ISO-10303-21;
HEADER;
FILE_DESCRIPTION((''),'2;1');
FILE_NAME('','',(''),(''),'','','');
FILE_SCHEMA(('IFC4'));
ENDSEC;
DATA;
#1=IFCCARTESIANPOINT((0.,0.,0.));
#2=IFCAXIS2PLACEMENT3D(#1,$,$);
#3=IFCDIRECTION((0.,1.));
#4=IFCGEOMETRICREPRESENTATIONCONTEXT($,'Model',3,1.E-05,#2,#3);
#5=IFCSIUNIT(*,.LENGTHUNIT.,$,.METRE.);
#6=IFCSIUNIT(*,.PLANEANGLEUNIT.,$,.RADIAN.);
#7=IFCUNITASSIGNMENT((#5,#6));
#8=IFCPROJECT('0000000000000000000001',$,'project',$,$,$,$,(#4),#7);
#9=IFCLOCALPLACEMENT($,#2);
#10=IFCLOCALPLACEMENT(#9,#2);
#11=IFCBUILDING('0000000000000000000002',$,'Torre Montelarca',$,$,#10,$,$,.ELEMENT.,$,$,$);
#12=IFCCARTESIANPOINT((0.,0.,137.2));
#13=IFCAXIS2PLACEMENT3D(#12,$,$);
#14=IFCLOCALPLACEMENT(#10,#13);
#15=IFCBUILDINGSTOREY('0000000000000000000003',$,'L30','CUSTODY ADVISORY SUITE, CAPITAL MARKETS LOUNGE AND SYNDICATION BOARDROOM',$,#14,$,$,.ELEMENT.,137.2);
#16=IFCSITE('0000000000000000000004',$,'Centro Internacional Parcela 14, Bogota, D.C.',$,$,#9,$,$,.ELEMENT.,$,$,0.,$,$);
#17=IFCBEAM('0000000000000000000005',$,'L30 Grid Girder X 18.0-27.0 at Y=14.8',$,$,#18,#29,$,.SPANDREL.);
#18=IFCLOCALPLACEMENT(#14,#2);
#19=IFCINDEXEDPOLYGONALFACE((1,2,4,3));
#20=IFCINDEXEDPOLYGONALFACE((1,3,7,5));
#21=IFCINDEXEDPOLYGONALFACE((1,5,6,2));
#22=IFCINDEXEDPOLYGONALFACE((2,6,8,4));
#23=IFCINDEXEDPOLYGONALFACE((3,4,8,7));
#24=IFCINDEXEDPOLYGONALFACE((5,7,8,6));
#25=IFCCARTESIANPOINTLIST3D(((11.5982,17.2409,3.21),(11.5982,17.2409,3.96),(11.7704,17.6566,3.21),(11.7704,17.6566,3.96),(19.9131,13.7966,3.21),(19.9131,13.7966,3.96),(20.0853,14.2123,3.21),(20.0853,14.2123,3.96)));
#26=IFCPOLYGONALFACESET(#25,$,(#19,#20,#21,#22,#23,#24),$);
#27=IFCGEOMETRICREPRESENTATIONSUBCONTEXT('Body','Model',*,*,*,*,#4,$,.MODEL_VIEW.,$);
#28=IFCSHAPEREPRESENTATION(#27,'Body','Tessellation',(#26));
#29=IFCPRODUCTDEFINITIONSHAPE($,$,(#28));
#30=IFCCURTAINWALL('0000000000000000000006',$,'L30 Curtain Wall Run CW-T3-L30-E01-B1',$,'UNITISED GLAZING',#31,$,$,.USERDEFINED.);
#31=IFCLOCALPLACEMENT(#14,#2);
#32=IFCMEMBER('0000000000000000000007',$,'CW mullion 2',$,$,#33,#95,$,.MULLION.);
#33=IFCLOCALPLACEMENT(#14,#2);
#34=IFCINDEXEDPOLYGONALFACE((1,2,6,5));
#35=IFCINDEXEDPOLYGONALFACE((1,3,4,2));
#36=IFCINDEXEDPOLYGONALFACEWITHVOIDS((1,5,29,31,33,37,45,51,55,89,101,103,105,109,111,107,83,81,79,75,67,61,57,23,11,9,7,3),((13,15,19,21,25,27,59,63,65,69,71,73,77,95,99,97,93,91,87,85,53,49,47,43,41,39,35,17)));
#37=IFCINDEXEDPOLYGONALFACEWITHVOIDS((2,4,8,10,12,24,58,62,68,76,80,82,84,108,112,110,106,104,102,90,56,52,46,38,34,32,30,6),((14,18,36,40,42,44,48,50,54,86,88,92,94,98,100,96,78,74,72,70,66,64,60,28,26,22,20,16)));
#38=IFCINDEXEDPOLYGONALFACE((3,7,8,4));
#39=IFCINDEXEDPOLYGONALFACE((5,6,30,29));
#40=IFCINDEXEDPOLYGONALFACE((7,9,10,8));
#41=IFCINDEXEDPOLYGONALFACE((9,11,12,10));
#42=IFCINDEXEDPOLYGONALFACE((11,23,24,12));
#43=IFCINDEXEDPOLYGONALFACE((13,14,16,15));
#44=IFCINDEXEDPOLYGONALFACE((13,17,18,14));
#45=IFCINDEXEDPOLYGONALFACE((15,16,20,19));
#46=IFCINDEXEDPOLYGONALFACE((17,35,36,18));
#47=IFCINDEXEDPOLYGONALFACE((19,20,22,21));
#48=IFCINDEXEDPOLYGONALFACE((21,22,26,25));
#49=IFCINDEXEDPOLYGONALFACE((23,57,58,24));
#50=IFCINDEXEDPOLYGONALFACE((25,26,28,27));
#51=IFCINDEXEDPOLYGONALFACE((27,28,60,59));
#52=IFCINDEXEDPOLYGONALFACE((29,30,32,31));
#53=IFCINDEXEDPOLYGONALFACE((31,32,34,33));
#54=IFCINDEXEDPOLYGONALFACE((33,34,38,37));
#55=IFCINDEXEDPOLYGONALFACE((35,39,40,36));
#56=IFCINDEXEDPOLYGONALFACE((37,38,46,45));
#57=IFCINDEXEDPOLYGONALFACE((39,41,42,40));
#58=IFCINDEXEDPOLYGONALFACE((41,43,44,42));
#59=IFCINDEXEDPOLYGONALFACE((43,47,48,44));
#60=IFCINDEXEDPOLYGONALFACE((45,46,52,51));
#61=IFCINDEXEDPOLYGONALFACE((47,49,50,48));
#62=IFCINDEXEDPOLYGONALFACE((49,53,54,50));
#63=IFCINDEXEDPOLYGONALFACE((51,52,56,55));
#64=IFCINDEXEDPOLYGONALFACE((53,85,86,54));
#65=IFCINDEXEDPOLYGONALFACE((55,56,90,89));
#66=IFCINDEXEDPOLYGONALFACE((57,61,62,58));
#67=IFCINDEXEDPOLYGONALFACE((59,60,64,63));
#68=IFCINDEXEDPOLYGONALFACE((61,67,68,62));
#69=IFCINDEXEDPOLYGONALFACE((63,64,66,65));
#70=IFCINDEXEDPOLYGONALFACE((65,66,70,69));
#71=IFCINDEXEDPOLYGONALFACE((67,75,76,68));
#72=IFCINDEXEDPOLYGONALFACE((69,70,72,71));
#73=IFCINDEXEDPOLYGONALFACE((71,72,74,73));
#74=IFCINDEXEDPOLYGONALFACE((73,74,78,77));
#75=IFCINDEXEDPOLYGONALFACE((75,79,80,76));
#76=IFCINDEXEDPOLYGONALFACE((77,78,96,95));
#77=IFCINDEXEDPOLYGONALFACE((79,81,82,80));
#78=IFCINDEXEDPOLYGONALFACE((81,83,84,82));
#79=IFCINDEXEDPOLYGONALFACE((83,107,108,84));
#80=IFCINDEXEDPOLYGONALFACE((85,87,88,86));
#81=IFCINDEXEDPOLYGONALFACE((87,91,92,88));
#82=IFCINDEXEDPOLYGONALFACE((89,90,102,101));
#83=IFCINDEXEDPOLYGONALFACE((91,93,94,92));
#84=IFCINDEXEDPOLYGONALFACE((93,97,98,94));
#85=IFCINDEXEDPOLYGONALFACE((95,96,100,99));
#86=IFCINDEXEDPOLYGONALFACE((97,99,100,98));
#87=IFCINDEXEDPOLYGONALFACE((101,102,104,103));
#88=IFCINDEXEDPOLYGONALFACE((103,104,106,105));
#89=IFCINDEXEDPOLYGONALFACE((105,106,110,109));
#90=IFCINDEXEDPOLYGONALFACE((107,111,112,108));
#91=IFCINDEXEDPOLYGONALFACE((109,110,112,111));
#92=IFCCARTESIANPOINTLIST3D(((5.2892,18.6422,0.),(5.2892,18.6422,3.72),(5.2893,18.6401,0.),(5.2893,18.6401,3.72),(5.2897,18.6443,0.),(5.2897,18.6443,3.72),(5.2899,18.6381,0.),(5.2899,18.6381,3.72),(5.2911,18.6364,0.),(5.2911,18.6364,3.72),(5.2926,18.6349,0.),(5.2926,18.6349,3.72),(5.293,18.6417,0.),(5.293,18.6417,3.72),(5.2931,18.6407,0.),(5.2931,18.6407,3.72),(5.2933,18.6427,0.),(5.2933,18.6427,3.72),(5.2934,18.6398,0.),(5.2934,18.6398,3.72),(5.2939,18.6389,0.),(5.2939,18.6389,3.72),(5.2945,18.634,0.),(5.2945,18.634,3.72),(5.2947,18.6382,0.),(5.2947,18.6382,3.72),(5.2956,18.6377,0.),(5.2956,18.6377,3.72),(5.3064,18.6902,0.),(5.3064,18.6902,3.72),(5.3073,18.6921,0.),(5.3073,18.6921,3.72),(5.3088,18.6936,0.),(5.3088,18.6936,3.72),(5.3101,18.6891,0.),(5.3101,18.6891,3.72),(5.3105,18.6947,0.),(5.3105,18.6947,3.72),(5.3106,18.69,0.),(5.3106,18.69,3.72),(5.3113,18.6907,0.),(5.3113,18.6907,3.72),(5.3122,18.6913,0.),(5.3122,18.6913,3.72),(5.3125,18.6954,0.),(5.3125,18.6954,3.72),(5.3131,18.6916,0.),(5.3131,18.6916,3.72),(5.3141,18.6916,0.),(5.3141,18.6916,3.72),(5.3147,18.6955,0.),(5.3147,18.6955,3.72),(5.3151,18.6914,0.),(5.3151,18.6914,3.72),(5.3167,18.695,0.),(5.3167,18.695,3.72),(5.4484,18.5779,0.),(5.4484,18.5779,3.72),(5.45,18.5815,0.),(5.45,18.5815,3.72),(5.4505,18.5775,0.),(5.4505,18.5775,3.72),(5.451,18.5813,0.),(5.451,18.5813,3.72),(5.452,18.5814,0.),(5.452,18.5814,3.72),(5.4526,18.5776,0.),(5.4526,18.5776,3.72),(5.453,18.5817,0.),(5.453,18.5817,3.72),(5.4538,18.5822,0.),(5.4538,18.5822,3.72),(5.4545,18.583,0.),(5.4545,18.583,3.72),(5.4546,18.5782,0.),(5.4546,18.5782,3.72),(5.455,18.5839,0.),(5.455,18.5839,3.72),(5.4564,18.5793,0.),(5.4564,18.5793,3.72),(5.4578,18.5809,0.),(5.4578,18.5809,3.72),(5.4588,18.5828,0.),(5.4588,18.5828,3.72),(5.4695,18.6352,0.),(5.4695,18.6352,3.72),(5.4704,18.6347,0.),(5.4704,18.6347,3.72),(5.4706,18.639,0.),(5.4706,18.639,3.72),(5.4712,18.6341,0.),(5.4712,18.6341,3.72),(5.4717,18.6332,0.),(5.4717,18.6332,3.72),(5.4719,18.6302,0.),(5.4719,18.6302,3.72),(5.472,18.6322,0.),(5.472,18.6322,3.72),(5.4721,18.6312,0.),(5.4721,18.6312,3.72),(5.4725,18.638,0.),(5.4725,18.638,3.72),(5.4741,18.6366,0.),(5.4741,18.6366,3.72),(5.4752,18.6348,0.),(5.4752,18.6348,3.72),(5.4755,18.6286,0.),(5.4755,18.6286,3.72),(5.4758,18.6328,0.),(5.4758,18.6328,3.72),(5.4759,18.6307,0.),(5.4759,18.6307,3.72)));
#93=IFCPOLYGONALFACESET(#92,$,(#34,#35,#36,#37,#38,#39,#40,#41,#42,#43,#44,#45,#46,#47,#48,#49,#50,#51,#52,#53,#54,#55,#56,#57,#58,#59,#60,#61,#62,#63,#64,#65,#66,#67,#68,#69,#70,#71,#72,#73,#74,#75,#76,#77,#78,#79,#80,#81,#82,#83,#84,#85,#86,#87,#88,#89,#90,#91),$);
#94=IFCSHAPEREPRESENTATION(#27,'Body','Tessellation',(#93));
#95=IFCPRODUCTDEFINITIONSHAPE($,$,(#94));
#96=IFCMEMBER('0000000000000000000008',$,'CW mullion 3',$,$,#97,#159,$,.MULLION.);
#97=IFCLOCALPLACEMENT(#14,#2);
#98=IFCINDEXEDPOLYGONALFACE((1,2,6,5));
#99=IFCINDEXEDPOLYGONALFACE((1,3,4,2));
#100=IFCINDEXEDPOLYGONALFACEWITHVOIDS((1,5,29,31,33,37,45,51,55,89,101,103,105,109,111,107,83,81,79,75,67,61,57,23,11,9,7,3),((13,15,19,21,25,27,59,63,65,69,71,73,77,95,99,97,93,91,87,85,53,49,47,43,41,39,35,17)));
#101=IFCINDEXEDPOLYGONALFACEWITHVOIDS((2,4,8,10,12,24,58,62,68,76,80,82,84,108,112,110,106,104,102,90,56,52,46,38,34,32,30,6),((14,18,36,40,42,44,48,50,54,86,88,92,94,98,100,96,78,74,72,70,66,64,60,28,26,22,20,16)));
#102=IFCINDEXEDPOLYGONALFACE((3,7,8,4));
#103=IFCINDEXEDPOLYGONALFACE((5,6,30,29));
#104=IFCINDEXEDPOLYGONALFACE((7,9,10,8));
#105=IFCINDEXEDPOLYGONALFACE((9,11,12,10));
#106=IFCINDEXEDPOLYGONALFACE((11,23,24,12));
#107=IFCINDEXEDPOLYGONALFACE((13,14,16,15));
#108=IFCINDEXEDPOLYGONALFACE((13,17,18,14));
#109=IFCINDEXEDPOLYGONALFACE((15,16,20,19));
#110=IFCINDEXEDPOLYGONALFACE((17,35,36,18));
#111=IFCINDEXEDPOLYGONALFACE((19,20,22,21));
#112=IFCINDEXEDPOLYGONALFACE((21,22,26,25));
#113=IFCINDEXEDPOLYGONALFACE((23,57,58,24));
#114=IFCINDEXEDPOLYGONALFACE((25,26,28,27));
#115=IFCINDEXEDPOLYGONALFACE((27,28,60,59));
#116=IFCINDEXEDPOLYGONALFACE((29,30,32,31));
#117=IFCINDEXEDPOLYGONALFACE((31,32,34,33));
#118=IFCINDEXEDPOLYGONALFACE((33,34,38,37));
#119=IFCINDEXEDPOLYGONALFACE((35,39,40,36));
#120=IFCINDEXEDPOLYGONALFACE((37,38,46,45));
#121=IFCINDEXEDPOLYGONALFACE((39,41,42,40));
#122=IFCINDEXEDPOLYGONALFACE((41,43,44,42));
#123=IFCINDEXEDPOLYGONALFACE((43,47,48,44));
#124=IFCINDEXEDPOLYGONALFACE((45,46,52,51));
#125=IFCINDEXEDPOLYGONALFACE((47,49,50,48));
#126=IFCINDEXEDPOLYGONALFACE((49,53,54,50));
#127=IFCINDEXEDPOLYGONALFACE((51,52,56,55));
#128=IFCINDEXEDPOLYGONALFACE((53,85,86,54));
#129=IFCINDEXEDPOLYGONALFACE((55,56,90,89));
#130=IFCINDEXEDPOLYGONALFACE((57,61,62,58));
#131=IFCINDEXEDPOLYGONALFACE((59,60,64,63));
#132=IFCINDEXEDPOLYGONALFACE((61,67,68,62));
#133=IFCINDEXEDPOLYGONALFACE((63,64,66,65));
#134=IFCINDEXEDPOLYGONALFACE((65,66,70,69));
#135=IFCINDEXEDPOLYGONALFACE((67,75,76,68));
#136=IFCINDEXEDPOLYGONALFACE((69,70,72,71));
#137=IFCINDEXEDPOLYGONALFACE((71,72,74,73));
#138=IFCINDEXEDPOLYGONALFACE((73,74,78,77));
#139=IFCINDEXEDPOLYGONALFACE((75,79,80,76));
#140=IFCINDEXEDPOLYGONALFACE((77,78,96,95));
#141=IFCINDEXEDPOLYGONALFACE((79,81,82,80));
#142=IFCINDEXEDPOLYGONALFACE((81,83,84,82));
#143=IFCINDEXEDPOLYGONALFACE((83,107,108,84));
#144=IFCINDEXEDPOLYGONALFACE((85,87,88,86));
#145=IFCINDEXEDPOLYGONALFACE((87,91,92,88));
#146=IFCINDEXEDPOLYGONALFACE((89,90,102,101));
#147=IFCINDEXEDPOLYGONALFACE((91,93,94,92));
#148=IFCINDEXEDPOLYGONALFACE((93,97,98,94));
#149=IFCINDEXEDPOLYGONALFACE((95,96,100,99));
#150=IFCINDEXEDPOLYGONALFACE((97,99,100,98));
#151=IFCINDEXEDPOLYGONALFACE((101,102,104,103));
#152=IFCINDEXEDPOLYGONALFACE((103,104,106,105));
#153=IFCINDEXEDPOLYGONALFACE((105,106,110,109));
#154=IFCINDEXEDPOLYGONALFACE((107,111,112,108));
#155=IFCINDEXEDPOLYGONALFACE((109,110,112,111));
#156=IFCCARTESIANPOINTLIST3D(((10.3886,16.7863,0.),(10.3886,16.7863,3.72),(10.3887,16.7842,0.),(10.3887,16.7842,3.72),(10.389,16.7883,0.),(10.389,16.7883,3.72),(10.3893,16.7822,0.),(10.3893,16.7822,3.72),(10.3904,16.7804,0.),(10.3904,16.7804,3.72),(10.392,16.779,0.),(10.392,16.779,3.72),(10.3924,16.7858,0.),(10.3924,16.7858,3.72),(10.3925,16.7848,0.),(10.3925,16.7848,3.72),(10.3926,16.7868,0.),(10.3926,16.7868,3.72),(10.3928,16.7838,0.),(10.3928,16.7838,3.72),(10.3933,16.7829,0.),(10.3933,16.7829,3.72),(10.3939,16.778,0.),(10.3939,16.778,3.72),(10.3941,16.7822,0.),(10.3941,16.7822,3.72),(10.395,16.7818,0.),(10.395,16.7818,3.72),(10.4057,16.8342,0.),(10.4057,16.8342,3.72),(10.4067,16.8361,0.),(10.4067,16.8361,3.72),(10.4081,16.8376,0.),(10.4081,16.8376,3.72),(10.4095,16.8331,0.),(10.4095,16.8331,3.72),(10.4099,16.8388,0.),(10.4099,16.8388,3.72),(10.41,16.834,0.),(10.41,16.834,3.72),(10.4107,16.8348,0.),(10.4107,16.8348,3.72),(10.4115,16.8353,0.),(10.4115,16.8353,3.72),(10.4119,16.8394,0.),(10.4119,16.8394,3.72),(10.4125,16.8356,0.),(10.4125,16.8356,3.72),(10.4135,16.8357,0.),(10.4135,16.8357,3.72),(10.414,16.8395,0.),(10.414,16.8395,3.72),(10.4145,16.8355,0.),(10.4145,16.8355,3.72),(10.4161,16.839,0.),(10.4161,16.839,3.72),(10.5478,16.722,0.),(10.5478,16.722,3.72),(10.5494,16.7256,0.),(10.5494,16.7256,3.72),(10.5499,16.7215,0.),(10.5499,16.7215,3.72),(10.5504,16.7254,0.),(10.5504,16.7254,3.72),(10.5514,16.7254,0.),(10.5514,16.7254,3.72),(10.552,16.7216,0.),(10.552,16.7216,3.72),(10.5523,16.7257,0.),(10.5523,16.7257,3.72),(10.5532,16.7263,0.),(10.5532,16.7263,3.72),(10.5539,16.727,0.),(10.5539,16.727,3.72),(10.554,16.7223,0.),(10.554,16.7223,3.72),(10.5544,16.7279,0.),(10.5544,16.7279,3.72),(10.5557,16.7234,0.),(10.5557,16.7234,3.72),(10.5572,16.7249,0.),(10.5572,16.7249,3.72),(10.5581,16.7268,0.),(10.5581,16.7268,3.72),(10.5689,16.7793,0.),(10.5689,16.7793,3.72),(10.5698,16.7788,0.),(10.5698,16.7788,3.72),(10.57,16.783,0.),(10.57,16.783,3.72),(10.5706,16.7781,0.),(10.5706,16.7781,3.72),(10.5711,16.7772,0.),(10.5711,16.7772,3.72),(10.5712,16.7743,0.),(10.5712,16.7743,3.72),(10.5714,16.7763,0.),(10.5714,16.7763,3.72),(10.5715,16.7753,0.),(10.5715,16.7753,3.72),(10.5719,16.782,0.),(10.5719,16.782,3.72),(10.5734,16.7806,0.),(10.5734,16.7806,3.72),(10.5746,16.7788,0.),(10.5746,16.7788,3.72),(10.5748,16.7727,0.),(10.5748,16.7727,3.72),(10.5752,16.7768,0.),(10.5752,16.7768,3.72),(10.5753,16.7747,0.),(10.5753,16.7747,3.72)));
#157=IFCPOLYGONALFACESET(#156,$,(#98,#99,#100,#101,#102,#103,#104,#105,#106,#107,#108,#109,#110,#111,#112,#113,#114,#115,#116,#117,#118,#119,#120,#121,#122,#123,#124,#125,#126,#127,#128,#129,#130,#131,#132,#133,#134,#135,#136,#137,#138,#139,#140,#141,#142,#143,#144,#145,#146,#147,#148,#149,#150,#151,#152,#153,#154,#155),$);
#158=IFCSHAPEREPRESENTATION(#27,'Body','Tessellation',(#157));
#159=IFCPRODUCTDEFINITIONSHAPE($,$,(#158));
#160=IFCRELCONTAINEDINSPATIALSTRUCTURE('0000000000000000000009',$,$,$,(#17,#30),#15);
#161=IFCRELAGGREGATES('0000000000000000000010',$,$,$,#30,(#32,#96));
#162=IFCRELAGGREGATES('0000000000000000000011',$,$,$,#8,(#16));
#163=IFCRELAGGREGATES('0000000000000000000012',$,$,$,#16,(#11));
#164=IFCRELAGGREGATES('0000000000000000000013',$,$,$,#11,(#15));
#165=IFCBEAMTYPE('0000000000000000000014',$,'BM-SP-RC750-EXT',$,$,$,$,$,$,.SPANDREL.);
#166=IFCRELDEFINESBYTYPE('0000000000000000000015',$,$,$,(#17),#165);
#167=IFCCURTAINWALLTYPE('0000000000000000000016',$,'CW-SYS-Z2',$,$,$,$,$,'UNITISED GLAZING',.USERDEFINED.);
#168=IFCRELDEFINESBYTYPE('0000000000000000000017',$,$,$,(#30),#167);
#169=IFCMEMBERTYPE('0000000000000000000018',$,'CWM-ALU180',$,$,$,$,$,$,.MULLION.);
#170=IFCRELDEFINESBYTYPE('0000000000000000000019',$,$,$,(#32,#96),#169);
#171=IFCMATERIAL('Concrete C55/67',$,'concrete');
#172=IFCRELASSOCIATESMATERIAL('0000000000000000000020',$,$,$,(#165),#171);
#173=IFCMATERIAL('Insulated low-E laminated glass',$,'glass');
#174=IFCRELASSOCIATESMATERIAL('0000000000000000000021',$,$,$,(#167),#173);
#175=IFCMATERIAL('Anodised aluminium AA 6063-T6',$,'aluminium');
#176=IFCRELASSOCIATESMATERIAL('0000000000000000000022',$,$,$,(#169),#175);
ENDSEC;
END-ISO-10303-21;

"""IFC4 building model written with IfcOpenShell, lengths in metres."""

from ifc_helpers import new_model, si_unit, direction, frame, origin, origin_2d, place, context, subcontext, project, spatial, rectangle, hollow_rectangle, extrude, source, transform, mapped, material, material_profile, profile_set, type_object, element, aggregate, save


model = new_model("IFC4")

# Units and contexts
model_context = context("Model", 3, precision=1e-05, world=origin(), true_north=direction((0.0, 1.0)))
body_context = subcontext(model_context, "Body", "Model", "MODEL_VIEW")
ifc_project = project(units=[si_unit("LENGTHUNIT", "METRE"), si_unit("PLANEANGLEUNIT", "RADIAN")], contexts=[model_context])

# Site, building, storey
site_placement = place(None, origin())
site = spatial("IfcSite", under=ifc_project, at=site_placement, Name="Centro Internacional Parcela 14, Bogota, D.C.", CompositionType="ELEMENT", RefElevation=0.0)
building_placement = place(site_placement, origin())
building = spatial("IfcBuilding", under=site, at=building_placement, Name="Torre Montelarca", CompositionType="ELEMENT")
storey_placement = place(building_placement, frame((0.0, 0.0, 137.2)))
storey = spatial("IfcBuildingStorey", under=building, at=storey_placement, Name="L30", Description="CUSTODY ADVISORY SUITE, CAPITAL MARKETS LOUNGE AND SYNDICATION BOARDROOM", CompositionType="ELEMENT", Elevation=137.2)

# Shared definitions
ifc_material_1 = material(Name="Concrete C55/67", Category="concrete")

# Beam
ifc_material_profile_1 = material_profile(ifc_material_1, rectangle(XDim=0.45, YDim=0.75, at=origin_2d()), Name="RCB450X750", Category="concrete")
ifc_profile_set_1 = profile_set([ifc_material_profile_1], Name="Concrete C55/67")
beam_type = type_object("IfcBeamType", Name="BM-SP-RC750-EXT", PredefinedType="SPANDREL", material=ifc_profile_set_1)
shared_shape_1 = source(origin(), body_context, "Body", "SweptSolid", [
    extrude(rectangle(XDim=0.45, YDim=0.75, at=origin_2d()), origin(), (0.0, 0.0, 1.0), 9.0),
])
beam_placement = place(storey_placement, frame((11.6843, 17.4487, 3.585), z_axis=(0.923873, -0.3827, 0.0), x_axis=(0.3827, 0.923873, 0.0)))
element("IfcBeam", 1, at=beam_placement, inside=storey, type_object=beam_type, Name="L30 Grid Girder X 18.0-27.0 at Y=14.8", PredefinedType="SPANDREL", context=body_context, shape_type="MappedRepresentation", body=[
    mapped(shared_shape_1, transform((0.0, 0.0, 0.0), scale=1.0)),
])

# Curtain wall, members
ifc_material_2 = material(Name="Insulated low-E laminated glass", Category="glass")
curtain_wall_type = type_object("IfcCurtainWallType", Name="CW-SYS-Z2", ElementType="UNITISED GLAZING", PredefinedType="USERDEFINED", material=ifc_material_2)
curtain_wall_1_placement = place(storey_placement, origin())
curtain_wall_1 = element("IfcCurtainWall", 2, at=curtain_wall_1_placement, inside=storey, type_object=curtain_wall_type, Name="L30 Curtain Wall Run CW-T3-L30-E01-B1", ObjectType="UNITISED GLAZING", PredefinedType="USERDEFINED")
ifc_material_3 = material(Name="Anodised aluminium AA 6063-T6", Category="aluminium")
ifc_material_profile_2 = material_profile(ifc_material_3, hollow_rectangle(XDim=0.0649, YDim=0.1799, WallThickness=0.0039, InnerFilletRadius=0.0039, OuterFilletRadius=0.0081, at=origin_2d()), Name="ALU65X180X4", Category="aluminium")
ifc_profile_set_2 = profile_set([ifc_material_profile_2], Name="Anodised aluminium AA 6063-T6")
member_type_1 = type_object("IfcMemberType", Name="CWM-ALU180", PredefinedType="MULLION", material=ifc_profile_set_2)
shared_shape_2 = source(origin(), body_context, "Body", "SweptSolid", [
    extrude(hollow_rectangle(XDim=0.0649, YDim=0.1799, WallThickness=0.0039, InnerFilletRadius=0.0039, OuterFilletRadius=0.0081, at=origin_2d()), origin(), (0.0, 0.0, 1.0), 3.72),
])
member_1_placement = place(storey_placement, frame((5.3826, 18.6365, 0.0), z_axis=(0.0, 0.0, 1.0), x_axis=(0.34202, 0.939693, 0.0)))
member_1 = element("IfcMember", 3, at=member_1_placement, type_object=member_type_1, Name="CW mullion 2", PredefinedType="MULLION", context=body_context, shape_type="MappedRepresentation", body=[
    mapped(shared_shape_2, transform((0.0, 0.0, 0.0), scale=1.0)),
])
member_2_placement = place(storey_placement, frame((10.4819, 16.7805, 0.0), z_axis=(0.0, 0.0, 1.0), x_axis=(0.34202, 0.939693, 0.0)))
member_2 = element("IfcMember", 4, at=member_2_placement, type_object=member_type_1, Name="CW mullion 3", PredefinedType="MULLION", context=body_context, shape_type="MappedRepresentation", body=[
    mapped(shared_shape_2, transform((0.0, 0.0, 0.0), scale=1.0)),
])

aggregate(curtain_wall_1, [member_1, member_2])

save(model, "model.ifc")
